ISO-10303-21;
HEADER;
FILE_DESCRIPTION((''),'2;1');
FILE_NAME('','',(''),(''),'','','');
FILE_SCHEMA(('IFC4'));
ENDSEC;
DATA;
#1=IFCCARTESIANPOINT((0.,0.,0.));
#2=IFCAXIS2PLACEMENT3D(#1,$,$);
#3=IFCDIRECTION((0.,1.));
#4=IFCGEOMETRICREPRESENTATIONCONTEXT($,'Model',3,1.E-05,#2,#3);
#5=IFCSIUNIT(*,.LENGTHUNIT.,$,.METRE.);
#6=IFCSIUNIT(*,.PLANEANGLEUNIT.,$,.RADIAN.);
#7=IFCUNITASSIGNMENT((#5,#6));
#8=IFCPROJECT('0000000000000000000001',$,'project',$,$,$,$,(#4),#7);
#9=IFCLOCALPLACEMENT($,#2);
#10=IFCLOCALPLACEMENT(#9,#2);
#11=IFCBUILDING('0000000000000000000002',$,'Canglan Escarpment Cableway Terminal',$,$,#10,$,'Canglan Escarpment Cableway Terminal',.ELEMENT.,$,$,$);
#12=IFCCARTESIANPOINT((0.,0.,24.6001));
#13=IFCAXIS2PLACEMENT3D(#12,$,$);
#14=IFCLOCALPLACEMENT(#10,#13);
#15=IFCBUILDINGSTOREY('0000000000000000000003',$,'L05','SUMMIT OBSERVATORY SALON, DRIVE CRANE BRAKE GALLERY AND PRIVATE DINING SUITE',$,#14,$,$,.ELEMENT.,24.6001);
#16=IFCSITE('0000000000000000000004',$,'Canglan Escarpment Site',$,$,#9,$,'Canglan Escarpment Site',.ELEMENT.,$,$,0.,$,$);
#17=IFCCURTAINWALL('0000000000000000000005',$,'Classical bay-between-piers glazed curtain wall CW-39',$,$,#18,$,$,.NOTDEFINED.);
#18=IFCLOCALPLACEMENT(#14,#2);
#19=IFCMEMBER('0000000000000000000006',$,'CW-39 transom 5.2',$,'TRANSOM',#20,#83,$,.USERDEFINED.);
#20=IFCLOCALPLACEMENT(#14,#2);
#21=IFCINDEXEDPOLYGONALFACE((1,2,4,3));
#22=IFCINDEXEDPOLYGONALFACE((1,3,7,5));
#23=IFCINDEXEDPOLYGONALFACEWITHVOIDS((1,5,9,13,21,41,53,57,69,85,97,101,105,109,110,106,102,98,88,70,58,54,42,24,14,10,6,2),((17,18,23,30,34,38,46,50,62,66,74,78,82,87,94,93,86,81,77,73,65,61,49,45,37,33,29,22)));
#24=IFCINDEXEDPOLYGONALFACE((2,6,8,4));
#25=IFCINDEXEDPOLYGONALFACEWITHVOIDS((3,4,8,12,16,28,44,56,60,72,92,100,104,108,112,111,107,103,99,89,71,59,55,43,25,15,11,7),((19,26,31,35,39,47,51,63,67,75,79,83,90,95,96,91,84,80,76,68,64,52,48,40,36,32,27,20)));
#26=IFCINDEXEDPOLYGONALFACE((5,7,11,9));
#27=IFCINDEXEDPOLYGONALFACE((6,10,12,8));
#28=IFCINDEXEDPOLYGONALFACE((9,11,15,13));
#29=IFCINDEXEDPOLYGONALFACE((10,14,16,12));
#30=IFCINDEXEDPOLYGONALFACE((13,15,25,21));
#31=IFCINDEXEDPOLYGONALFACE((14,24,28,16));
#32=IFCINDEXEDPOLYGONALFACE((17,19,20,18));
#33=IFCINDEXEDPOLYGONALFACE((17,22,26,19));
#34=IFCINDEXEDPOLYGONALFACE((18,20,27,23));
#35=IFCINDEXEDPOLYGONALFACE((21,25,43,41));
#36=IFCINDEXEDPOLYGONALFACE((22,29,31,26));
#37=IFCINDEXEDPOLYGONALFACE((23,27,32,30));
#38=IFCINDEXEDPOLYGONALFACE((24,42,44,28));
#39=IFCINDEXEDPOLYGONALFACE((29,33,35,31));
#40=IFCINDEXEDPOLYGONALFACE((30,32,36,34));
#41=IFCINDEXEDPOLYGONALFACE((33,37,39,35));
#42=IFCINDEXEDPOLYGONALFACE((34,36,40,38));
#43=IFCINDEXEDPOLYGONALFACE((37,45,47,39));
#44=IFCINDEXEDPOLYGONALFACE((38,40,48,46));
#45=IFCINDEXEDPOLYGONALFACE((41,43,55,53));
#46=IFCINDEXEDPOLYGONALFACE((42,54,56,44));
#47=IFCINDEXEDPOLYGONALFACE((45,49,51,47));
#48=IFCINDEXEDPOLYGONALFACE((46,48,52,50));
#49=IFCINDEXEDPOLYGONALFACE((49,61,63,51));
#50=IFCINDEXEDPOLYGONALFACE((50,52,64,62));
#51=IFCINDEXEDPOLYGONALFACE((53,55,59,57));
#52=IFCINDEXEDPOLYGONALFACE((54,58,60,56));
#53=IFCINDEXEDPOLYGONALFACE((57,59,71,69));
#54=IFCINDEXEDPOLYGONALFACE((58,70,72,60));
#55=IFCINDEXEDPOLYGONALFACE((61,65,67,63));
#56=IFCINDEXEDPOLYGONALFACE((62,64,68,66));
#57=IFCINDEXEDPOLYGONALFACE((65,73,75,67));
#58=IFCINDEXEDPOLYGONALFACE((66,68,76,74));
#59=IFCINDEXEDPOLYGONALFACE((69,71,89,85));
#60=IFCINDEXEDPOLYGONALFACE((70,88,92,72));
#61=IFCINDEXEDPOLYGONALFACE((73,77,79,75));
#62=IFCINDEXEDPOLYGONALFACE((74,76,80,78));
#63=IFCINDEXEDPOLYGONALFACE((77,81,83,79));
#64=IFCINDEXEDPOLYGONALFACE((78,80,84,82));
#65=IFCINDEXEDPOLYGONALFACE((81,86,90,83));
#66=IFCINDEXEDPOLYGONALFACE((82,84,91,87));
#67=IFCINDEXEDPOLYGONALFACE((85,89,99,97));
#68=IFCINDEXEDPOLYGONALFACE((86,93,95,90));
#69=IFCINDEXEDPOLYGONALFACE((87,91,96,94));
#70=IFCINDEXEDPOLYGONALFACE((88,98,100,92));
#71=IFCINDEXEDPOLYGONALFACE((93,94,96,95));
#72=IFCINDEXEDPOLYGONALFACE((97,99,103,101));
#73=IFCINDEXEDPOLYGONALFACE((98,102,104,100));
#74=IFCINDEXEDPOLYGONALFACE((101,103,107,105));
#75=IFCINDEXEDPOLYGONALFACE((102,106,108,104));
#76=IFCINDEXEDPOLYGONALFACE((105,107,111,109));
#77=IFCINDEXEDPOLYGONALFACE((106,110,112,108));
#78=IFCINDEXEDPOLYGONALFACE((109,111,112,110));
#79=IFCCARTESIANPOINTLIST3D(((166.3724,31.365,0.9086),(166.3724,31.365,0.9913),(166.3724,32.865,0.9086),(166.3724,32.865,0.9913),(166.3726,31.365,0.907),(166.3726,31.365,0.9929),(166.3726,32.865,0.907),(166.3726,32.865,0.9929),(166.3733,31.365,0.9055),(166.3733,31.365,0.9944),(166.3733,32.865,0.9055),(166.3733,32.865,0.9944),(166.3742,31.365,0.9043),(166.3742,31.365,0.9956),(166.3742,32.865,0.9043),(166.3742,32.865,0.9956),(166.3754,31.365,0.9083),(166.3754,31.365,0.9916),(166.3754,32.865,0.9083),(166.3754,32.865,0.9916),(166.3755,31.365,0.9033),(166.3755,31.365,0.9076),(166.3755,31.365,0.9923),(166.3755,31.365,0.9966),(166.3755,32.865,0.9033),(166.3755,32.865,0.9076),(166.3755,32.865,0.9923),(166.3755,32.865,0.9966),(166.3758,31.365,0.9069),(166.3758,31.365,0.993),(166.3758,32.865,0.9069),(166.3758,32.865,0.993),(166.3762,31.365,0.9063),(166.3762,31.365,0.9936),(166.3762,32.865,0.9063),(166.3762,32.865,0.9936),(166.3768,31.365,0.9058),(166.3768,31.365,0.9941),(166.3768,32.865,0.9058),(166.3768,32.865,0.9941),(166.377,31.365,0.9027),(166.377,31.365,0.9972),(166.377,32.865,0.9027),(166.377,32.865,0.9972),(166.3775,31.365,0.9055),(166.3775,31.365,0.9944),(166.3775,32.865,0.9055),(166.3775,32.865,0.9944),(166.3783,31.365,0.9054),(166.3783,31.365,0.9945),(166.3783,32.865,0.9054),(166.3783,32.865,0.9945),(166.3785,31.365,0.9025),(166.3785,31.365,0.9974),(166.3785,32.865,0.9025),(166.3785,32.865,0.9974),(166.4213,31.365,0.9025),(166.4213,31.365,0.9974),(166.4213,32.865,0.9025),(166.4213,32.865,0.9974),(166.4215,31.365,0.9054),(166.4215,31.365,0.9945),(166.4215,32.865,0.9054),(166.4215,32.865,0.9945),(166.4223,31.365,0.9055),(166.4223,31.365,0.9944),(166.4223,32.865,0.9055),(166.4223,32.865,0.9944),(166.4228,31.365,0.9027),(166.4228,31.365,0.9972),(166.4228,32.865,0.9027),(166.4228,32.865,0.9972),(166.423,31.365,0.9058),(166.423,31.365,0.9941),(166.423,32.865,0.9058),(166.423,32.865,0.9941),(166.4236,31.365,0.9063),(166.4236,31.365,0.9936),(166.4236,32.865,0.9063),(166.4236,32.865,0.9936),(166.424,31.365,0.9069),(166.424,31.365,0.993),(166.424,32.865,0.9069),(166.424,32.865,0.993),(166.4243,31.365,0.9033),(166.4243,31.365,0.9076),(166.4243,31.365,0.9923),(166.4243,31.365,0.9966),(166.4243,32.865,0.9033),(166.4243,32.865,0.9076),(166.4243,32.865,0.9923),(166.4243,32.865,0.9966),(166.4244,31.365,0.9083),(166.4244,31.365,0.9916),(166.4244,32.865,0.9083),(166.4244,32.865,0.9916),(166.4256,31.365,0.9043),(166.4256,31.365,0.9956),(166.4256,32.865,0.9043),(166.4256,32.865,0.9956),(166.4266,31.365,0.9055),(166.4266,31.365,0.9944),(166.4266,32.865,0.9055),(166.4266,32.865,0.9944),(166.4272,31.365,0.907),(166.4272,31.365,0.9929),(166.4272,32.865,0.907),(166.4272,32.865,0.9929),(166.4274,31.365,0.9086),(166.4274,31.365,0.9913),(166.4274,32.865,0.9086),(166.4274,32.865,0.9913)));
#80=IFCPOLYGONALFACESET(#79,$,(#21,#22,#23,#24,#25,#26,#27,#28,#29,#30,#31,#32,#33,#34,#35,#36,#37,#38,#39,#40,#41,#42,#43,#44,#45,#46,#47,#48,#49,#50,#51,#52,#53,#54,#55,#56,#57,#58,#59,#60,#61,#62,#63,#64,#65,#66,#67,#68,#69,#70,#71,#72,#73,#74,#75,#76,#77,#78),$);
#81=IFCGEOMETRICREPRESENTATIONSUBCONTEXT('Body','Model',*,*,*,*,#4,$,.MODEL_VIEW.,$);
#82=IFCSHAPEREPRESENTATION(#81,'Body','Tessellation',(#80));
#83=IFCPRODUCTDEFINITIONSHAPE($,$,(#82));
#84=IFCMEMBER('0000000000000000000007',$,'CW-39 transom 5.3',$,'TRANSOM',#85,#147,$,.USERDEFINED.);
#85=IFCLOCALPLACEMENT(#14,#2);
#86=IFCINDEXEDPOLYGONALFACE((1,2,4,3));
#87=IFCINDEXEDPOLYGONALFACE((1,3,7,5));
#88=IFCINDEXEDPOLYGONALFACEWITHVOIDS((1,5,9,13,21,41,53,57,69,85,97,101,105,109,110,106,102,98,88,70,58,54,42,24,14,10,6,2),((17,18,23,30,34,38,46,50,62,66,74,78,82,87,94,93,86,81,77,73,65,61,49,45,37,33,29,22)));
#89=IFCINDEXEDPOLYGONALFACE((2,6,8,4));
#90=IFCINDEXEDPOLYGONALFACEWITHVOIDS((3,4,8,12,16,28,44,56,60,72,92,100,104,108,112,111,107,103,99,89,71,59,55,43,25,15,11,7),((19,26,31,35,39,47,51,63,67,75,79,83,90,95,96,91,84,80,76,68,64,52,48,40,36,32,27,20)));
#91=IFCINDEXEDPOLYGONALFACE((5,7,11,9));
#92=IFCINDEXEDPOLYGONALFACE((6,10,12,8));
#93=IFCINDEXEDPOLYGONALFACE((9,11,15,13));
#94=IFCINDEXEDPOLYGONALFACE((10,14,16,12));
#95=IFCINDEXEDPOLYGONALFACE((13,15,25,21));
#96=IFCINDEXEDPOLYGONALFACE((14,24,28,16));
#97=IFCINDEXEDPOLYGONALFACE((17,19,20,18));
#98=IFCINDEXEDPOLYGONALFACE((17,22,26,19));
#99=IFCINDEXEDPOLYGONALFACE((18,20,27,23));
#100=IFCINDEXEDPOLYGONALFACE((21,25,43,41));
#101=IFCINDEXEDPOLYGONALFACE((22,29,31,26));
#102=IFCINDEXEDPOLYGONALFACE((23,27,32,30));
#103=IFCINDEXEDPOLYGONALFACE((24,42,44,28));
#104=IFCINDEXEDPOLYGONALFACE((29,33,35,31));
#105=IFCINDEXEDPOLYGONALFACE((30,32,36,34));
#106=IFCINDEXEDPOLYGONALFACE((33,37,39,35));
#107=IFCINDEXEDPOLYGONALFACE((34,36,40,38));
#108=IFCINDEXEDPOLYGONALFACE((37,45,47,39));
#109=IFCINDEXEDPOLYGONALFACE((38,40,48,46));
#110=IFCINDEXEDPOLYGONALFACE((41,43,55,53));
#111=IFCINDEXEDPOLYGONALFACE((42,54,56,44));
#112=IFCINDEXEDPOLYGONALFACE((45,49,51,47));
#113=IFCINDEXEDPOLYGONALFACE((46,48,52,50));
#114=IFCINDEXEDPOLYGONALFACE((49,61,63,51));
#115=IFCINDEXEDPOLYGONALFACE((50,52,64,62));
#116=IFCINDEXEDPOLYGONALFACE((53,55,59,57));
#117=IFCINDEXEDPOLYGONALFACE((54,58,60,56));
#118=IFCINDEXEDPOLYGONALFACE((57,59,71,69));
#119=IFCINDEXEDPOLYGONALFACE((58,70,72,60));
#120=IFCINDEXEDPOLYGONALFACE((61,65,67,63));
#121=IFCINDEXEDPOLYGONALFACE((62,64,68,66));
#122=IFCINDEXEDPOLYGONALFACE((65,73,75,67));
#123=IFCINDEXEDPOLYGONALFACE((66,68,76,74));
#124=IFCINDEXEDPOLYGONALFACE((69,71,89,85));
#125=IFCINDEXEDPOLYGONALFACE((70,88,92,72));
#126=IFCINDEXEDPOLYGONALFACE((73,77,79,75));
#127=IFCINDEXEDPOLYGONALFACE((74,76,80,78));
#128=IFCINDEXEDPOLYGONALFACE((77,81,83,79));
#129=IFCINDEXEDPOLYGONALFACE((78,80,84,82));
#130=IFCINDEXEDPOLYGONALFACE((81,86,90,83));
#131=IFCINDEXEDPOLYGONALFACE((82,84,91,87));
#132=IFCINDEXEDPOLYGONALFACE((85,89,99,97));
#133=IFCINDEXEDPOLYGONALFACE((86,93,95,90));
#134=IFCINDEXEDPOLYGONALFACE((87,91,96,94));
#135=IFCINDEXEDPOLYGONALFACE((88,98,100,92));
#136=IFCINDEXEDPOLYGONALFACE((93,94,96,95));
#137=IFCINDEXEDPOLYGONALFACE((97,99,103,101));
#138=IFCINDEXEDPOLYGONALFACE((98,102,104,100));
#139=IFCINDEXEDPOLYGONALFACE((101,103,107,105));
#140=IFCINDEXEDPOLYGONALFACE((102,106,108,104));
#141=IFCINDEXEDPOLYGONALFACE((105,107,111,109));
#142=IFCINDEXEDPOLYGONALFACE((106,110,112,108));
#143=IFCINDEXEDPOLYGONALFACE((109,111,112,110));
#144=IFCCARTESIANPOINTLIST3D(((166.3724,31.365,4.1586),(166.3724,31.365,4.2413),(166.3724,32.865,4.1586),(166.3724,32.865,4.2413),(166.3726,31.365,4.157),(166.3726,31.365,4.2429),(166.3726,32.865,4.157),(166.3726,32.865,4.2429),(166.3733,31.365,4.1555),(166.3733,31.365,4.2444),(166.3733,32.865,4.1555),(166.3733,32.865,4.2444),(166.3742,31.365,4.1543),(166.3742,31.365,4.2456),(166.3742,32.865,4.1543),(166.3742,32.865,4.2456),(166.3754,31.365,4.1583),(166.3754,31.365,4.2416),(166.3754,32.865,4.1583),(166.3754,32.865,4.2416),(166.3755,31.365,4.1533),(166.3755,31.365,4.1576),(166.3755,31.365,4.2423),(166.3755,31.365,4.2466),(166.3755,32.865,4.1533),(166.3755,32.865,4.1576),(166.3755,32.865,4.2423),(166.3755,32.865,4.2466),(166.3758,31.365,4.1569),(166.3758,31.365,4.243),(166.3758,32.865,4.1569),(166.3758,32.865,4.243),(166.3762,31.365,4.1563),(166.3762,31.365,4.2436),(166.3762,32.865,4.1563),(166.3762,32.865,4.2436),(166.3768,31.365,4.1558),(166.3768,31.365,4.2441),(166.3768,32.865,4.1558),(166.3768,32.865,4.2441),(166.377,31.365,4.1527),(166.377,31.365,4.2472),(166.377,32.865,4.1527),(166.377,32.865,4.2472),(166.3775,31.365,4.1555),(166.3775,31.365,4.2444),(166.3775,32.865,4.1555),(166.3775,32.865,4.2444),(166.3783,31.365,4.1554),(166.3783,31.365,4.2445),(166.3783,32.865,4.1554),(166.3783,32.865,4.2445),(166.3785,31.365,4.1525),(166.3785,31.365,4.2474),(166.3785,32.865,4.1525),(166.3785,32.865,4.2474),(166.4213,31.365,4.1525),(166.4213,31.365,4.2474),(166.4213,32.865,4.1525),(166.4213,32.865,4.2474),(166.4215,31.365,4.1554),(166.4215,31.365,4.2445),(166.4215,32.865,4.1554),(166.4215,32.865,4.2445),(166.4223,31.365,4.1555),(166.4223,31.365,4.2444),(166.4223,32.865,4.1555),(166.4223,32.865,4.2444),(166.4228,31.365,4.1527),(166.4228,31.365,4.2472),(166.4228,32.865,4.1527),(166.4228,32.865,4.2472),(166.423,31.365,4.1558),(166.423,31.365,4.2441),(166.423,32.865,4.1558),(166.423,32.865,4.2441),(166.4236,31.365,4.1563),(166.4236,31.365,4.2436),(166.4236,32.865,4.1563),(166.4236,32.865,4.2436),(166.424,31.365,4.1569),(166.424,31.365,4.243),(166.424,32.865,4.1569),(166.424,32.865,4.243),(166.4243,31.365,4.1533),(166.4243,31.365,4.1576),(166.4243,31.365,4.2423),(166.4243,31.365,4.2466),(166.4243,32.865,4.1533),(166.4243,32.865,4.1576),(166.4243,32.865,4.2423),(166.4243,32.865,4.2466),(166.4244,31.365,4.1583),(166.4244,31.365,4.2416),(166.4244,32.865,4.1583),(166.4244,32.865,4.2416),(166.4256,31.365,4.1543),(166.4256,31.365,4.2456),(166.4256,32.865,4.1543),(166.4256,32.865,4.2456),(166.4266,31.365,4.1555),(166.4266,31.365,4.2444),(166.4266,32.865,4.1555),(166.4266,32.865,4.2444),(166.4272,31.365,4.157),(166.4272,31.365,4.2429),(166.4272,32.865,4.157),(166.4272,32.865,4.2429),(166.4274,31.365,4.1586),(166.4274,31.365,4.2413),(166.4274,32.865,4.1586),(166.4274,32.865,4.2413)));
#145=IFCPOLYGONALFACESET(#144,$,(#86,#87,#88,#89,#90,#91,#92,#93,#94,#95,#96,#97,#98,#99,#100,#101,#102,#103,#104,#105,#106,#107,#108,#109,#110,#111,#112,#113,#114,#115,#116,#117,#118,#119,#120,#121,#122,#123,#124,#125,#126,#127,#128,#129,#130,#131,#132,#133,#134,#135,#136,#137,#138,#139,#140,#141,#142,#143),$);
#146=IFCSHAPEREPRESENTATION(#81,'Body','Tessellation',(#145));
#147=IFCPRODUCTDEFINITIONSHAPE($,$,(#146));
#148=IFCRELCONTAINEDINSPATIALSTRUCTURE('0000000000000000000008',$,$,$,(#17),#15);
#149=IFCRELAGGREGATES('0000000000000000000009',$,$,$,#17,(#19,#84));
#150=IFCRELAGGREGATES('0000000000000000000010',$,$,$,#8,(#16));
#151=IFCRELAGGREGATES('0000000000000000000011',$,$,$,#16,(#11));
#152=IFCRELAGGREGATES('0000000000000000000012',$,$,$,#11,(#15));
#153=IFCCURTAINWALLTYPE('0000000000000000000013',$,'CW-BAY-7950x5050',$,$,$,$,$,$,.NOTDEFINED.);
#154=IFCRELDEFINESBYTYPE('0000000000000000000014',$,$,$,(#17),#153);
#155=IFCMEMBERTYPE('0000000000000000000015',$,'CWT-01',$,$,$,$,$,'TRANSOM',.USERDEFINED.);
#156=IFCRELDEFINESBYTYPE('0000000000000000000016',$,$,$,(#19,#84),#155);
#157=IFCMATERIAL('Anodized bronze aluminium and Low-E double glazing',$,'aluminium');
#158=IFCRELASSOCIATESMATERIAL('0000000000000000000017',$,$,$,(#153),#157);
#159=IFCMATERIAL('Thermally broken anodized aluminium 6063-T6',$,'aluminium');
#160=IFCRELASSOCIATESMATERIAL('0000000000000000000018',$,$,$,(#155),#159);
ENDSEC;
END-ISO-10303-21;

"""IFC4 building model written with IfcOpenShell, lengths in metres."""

from ifc_helpers import new_model, si_unit, direction, frame, origin, origin_2d, place, context, subcontext, project, spatial, hollow_rectangle, extrude, material, material_profile, profile_set, type_object, element, aggregate, save


model = new_model("IFC4")

# Units and contexts
model_context = context("Model", 3, precision=1e-05, world=origin(), true_north=direction((0.0, 1.0)))
body_context = subcontext(model_context, "Body", "Model", "MODEL_VIEW")
ifc_project = project(units=[si_unit("LENGTHUNIT", "METRE"), si_unit("PLANEANGLEUNIT", "RADIAN")], contexts=[model_context])

# Site, building, storey
site_placement = place(None, origin())
site = spatial("IfcSite", under=ifc_project, at=site_placement, Name="Canglan Escarpment Site", LongName="Canglan Escarpment Site", CompositionType="ELEMENT", RefElevation=0.0)
building_placement = place(site_placement, origin())
building = spatial("IfcBuilding", under=site, at=building_placement, Name="Canglan Escarpment Cableway Terminal", LongName="Canglan Escarpment Cableway Terminal", CompositionType="ELEMENT")
storey_placement = place(building_placement, frame((0.0, 0.0, 24.6001)))
storey = spatial("IfcBuildingStorey", under=building, at=storey_placement, Name="L05", Description="SUMMIT OBSERVATORY SALON, DRIVE CRANE BRAKE GALLERY AND PRIVATE DINING SUITE", CompositionType="ELEMENT", Elevation=24.6001)

# Curtain wall, members
ifc_material_1 = material(Name="Anodized bronze aluminium and Low-E double glazing", Category="aluminium")
curtain_wall_type = type_object("IfcCurtainWallType", Name="CW-BAY-7950x5050", PredefinedType="NOTDEFINED", material=ifc_material_1)
curtain_wall_placement = place(storey_placement, origin())
curtain_wall = element("IfcCurtainWall", 1, at=curtain_wall_placement, inside=storey, type_object=curtain_wall_type, Name="Classical bay-between-piers glazed curtain wall CW-39", PredefinedType="NOTDEFINED")
ifc_material_2 = material(Name="Thermally broken anodized aluminium 6063-T6", Category="aluminium")
ifc_material_profile_1 = material_profile(ifc_material_2, hollow_rectangle(XDim=0.0549, YDim=0.095, WallThickness=0.0029, InnerFilletRadius=0.0029, OuterFilletRadius=0.0061, at=origin_2d()), Name="ALU-TRAN 55x95x3")
ifc_profile_set_1 = profile_set([ifc_material_profile_1], Name="Thermally broken anodized aluminium 6063-T6")
member_type_1 = type_object("IfcMemberType", Name="CWT-01", ElementType="TRANSOM", PredefinedType="USERDEFINED", material=ifc_profile_set_1)
member_1_placement = place(storey_placement, frame((166.3999, 31.365, 0.95), z_axis=(0.0, 1.0, 0.0), x_axis=(-1.0, 0.0, 0.0)))
member_1 = element("IfcMember", 2, at=member_1_placement, type_object=member_type_1, Name="CW-39 transom 5.2", ObjectType="TRANSOM", PredefinedType="USERDEFINED", context=body_context, shape_type="SweptSolid", body=[
    extrude(hollow_rectangle(XDim=0.0549, YDim=0.095, WallThickness=0.0029, InnerFilletRadius=0.0029, OuterFilletRadius=0.0061, at=origin_2d()), origin(), (0.0, 0.0, 1.0), 1.5),
])
member_2_placement = place(storey_placement, frame((166.3999, 31.365, 4.2), z_axis=(0.0, 1.0, 0.0), x_axis=(-1.0, 0.0, 0.0)))
member_2 = element("IfcMember", 3, at=member_2_placement, type_object=member_type_1, Name="CW-39 transom 5.3", ObjectType="TRANSOM", PredefinedType="USERDEFINED", context=body_context, shape_type="SweptSolid", body=[
    extrude(hollow_rectangle(XDim=0.0549, YDim=0.095, WallThickness=0.0029, InnerFilletRadius=0.0029, OuterFilletRadius=0.0061, at=origin_2d()), origin(), (0.0, 0.0, 1.0), 1.5),
])
aggregate(curtain_wall, [member_1, member_2])

save(model, "model.ifc")
